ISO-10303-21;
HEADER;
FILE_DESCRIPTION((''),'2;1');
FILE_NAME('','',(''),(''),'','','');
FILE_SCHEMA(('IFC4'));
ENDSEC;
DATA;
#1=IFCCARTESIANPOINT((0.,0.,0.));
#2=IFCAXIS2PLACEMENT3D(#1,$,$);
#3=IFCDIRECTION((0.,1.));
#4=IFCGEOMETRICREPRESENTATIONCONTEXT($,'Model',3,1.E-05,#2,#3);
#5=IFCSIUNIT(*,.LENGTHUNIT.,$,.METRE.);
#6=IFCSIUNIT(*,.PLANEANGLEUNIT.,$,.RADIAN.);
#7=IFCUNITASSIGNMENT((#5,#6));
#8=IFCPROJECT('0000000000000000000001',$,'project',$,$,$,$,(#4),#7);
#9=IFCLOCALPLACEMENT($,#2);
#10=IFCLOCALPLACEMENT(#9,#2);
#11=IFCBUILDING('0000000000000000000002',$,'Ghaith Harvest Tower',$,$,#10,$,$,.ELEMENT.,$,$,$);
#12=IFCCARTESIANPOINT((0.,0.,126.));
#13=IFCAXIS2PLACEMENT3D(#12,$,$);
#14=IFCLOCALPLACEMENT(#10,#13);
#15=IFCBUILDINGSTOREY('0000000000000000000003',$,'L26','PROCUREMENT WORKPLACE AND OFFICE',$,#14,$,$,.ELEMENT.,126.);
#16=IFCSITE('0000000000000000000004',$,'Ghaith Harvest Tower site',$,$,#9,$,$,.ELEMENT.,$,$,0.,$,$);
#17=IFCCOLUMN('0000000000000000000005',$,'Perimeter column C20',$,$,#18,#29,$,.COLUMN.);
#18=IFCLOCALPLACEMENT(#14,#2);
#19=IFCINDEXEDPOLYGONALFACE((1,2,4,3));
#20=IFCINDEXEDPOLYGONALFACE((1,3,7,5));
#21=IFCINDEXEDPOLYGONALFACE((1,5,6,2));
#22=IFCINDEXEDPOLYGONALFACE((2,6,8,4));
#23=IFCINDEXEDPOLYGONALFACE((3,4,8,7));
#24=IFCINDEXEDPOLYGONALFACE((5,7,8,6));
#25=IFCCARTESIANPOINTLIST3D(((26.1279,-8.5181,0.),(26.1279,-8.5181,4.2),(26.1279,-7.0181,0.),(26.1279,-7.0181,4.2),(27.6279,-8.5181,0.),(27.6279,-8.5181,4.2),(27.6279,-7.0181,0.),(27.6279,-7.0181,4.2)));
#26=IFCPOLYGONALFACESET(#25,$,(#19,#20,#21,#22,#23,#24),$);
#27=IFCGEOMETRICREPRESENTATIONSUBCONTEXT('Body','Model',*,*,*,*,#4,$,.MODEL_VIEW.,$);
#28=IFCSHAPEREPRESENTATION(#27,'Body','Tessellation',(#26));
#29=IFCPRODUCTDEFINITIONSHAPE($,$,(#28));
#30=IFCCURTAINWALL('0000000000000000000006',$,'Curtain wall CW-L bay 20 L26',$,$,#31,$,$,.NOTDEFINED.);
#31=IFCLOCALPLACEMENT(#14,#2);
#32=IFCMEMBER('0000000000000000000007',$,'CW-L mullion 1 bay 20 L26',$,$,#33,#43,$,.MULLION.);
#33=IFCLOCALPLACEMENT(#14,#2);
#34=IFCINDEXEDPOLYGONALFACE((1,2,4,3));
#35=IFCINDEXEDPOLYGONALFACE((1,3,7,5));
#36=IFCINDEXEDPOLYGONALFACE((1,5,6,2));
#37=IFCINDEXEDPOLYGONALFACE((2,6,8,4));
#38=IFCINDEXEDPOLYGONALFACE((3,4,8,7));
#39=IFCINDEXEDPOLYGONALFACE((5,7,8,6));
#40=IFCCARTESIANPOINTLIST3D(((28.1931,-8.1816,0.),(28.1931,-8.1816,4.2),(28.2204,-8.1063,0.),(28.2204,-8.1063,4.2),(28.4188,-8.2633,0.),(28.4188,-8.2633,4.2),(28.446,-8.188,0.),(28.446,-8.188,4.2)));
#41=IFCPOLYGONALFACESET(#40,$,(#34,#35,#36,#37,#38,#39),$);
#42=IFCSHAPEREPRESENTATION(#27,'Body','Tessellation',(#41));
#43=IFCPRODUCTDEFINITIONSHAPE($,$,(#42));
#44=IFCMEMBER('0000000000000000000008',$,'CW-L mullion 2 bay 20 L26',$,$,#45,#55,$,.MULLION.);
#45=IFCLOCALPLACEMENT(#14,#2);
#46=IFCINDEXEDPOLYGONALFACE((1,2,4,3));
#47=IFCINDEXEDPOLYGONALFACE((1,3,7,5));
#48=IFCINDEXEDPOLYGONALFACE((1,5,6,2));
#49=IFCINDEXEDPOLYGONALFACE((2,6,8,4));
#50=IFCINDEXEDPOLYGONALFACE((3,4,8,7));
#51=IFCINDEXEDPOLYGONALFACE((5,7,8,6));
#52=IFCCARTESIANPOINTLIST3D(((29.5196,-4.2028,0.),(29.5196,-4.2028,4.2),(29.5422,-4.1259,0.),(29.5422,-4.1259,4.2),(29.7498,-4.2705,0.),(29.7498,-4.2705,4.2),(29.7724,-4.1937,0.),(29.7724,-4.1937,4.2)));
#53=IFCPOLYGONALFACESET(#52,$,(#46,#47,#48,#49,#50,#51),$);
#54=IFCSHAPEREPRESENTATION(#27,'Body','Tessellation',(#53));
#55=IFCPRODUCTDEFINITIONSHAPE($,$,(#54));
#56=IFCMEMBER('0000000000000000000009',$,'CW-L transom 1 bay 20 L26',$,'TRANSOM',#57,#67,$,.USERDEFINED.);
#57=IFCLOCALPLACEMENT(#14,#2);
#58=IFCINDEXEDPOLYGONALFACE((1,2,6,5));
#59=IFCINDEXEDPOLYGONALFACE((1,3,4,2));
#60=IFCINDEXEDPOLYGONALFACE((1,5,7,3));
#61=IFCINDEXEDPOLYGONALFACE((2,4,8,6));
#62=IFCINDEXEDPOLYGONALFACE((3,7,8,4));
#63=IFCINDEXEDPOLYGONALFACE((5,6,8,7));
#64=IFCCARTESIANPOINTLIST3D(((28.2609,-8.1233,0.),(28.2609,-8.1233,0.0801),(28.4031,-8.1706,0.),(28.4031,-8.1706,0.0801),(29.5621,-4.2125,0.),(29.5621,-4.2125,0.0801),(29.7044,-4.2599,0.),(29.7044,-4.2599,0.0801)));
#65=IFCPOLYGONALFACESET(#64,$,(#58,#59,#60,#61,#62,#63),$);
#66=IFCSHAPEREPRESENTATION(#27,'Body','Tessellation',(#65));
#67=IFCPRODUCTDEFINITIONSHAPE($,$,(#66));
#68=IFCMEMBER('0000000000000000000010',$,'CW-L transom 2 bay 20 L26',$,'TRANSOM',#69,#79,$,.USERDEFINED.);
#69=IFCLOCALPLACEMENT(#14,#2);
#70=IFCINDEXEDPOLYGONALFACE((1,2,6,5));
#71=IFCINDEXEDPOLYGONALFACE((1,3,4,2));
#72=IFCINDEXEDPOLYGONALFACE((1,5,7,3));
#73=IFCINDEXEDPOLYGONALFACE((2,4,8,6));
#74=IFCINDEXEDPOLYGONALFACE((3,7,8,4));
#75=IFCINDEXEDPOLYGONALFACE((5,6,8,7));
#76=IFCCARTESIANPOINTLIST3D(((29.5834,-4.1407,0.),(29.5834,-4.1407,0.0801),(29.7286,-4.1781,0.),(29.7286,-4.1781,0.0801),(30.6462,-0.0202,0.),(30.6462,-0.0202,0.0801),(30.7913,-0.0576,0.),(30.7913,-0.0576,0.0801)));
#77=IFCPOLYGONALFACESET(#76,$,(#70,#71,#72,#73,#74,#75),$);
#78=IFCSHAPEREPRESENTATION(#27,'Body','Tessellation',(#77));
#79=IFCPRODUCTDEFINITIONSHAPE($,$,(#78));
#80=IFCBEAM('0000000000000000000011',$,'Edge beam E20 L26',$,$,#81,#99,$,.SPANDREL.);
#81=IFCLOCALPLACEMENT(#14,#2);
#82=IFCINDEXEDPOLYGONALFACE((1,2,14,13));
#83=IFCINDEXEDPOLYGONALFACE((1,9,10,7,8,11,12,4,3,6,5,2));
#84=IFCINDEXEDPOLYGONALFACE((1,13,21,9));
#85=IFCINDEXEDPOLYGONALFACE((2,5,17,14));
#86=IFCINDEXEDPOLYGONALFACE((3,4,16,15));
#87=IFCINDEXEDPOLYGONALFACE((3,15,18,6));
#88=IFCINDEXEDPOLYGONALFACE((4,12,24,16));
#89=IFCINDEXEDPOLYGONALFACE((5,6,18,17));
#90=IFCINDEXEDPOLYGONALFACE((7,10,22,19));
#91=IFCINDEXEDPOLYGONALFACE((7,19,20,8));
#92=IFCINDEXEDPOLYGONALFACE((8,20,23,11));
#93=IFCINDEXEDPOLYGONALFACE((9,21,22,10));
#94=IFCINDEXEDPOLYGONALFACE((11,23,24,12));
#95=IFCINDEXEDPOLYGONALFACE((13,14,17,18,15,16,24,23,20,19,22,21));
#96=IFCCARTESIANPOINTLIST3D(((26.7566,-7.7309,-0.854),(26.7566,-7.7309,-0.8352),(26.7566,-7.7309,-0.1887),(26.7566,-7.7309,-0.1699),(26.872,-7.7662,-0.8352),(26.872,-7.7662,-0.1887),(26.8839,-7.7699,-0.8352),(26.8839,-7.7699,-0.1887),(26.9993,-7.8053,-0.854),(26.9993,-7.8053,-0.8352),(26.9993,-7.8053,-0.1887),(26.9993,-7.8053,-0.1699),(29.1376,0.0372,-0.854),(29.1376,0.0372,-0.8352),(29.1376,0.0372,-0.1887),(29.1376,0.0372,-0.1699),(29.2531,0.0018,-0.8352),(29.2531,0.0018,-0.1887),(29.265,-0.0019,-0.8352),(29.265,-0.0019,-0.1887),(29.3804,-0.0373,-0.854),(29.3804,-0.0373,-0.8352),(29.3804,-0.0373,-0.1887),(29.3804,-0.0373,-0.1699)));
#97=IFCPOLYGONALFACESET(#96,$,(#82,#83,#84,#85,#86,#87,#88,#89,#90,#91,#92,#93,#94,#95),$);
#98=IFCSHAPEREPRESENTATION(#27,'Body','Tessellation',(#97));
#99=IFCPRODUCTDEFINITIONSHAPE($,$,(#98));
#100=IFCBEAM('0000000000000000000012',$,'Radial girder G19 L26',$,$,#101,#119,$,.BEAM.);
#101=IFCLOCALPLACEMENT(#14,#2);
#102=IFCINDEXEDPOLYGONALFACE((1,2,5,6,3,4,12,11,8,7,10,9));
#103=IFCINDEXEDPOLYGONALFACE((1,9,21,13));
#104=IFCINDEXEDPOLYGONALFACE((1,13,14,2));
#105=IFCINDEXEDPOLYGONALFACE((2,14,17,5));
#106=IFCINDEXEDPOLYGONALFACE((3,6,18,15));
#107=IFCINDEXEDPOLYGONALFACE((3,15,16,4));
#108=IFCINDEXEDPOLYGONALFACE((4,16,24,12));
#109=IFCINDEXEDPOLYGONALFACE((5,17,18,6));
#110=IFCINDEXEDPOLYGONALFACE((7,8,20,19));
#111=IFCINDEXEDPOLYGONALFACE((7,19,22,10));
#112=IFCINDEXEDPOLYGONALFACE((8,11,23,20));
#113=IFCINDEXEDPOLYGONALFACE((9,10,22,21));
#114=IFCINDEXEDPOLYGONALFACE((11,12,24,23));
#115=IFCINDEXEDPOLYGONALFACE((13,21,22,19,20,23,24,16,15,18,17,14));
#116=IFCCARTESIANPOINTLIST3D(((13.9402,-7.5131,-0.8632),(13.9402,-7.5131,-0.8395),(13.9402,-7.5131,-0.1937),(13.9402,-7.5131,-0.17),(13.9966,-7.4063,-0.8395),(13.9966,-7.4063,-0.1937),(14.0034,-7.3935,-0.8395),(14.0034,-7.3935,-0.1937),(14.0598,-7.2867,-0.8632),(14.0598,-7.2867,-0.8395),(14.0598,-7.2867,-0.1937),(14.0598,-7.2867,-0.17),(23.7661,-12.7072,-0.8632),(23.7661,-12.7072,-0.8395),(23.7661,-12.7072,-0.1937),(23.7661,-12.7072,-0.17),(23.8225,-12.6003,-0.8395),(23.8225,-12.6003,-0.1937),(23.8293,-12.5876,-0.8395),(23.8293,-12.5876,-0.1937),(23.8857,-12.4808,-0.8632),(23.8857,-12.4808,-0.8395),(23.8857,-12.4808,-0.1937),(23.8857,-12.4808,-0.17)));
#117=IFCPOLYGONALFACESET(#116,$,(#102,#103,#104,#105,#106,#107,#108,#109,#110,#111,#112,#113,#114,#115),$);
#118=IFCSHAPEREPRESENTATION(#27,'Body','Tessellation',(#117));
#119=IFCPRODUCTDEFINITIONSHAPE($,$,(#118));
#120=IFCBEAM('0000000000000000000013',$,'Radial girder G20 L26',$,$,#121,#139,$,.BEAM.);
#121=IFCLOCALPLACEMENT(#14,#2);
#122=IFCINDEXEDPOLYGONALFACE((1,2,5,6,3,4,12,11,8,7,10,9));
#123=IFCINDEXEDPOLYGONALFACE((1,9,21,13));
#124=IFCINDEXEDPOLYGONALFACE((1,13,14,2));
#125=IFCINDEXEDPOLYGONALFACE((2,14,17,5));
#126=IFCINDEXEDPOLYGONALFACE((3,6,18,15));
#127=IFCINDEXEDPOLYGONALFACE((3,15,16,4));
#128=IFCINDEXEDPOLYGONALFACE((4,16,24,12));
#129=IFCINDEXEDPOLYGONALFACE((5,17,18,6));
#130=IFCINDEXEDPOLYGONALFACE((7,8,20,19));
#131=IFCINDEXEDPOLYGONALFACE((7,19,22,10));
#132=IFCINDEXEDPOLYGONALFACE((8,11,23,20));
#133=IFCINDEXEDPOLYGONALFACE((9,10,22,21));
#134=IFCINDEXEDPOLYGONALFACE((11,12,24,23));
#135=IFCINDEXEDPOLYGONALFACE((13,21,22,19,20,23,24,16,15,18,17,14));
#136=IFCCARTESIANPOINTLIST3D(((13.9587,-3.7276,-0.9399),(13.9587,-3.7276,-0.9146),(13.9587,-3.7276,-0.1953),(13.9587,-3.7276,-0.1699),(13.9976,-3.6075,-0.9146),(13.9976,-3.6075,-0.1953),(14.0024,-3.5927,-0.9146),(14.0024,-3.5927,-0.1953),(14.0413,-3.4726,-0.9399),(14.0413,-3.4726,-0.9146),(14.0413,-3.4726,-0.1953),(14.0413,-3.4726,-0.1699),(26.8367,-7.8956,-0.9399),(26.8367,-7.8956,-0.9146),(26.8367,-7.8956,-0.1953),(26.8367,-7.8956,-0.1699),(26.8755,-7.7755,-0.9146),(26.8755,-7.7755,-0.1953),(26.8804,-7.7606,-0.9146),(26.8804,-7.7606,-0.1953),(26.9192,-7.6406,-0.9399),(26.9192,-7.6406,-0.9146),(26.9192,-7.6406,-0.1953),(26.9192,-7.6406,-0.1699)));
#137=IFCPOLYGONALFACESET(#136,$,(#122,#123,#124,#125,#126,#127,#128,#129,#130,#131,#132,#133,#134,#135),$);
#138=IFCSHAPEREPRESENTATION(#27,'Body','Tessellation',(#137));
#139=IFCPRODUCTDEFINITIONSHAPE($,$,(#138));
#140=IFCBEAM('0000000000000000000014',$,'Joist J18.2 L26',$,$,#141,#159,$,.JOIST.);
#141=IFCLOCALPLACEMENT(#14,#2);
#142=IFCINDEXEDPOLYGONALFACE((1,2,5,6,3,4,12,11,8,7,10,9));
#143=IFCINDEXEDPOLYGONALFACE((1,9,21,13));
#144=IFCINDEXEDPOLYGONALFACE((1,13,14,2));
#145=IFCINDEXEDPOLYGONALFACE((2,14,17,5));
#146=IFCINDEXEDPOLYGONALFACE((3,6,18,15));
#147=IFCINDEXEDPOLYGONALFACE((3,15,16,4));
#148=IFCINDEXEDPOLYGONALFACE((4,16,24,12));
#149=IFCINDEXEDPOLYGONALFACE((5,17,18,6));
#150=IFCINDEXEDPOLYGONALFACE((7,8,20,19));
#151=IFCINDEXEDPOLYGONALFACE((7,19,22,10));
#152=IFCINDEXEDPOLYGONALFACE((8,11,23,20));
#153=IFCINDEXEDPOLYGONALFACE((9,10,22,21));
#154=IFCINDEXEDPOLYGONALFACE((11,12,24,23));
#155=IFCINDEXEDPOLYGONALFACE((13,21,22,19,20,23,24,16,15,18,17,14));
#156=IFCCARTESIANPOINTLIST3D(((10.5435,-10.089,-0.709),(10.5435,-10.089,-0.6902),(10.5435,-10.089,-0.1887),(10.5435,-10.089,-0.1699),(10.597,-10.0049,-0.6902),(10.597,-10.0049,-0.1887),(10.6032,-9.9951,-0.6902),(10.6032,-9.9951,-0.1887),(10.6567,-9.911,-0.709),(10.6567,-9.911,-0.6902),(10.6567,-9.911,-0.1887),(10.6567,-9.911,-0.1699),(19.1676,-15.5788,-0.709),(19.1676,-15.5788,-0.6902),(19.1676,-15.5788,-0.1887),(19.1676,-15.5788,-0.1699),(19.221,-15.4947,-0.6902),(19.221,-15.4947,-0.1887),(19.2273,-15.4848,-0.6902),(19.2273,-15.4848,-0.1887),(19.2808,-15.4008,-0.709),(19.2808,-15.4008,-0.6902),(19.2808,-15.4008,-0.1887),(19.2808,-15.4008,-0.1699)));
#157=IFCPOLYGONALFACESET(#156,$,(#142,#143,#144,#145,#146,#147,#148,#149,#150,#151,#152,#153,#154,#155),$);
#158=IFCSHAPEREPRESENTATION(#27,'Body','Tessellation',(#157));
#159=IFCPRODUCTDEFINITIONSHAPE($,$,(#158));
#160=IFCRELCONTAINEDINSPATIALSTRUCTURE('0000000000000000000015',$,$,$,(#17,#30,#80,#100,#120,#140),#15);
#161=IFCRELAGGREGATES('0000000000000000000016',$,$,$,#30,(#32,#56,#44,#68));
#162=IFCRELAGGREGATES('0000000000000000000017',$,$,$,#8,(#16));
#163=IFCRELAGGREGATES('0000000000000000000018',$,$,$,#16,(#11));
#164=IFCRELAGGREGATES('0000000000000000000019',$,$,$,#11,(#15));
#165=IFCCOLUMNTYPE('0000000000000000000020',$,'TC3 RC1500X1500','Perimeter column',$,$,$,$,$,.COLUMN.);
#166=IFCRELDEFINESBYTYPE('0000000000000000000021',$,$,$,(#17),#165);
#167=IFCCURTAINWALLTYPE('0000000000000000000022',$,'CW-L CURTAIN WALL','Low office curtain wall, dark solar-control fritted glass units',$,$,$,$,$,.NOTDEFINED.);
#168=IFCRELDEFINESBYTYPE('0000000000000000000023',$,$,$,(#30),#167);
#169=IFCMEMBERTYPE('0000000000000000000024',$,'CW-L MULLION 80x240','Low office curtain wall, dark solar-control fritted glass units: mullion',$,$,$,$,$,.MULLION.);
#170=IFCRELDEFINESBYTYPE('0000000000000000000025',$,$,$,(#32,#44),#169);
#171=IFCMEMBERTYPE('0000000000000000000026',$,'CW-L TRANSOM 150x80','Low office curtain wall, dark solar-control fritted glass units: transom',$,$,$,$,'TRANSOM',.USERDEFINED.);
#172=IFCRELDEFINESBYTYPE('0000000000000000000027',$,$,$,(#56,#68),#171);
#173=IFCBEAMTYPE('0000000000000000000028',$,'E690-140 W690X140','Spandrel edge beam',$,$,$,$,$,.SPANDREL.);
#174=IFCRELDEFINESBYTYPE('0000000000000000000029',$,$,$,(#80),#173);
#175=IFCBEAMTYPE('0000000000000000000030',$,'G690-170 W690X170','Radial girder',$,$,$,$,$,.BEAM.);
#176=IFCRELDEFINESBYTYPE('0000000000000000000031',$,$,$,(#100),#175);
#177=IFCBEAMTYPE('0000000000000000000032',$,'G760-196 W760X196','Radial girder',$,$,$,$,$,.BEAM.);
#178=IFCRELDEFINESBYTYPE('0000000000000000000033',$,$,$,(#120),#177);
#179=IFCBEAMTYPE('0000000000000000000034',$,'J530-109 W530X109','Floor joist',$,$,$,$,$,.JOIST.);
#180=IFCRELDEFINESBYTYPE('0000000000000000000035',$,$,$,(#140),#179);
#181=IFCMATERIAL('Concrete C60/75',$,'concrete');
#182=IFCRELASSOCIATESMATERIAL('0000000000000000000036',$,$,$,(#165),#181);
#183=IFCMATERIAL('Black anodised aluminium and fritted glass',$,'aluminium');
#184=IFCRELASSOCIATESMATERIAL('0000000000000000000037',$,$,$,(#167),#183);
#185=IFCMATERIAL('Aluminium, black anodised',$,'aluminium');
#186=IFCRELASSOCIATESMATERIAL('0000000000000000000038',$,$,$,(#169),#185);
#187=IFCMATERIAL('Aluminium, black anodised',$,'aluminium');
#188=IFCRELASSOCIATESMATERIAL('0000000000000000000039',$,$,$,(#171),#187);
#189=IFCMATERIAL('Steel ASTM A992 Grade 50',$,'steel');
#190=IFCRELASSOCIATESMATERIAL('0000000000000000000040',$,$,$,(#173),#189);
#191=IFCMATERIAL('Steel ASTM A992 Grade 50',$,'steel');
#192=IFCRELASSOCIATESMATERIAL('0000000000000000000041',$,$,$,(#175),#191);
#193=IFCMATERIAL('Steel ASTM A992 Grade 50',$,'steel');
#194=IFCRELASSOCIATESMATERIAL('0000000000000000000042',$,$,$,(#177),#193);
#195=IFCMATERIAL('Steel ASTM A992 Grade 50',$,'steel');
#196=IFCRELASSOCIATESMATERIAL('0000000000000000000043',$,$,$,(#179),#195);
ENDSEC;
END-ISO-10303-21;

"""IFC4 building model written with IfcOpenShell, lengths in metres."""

from ifc_helpers import new_model, si_unit, direction, frame, origin, origin_2d, place, context, subcontext, project, spatial, rectangle, i_section, extrude, material, material_profile, profile_set, type_object, element, aggregate, save


model = new_model("IFC4")

# Units and contexts
model_context = context("Model", 3, precision=1e-05, world=origin(), true_north=direction((0.0, 1.0)))
body_context = subcontext(model_context, "Body", "Model", "MODEL_VIEW")
ifc_project = project(units=[si_unit("LENGTHUNIT", "METRE"), si_unit("PLANEANGLEUNIT", "RADIAN")], contexts=[model_context])

# Site, building, storey
site_placement = place(None, origin())
site = spatial("IfcSite", under=ifc_project, at=site_placement, Name="Ghaith Harvest Tower site", CompositionType="ELEMENT", RefElevation=0.0)
building_placement = place(site_placement, origin())
building = spatial("IfcBuilding", under=site, at=building_placement, Name="Ghaith Harvest Tower", CompositionType="ELEMENT")
storey_placement = place(building_placement, frame((0.0, 0.0, 126.0)))
storey = spatial("IfcBuildingStorey", under=building, at=storey_placement, Name="L26", Description="PROCUREMENT WORKPLACE AND OFFICE", CompositionType="ELEMENT", Elevation=126.0)

# Column
ifc_material_1 = material(Name="Concrete C60/75", Category="concrete")
ifc_material_profile_1 = material_profile(ifc_material_1, rectangle(XDim=1.5, YDim=1.5, at=origin_2d()), Name="RC1500X1500")
ifc_profile_set_1 = profile_set([ifc_material_profile_1], Name="Concrete C60/75")
column_type = type_object("IfcColumnType", Name="TC3 RC1500X1500", Description="Perimeter column", PredefinedType="COLUMN", material=ifc_profile_set_1)
column_placement = place(storey_placement, frame((26.8779, -7.7681, 0.0), z_axis=(0.0, 0.0, 1.0), x_axis=(1.0, 0.0, 0.0)))
element("IfcColumn", 1, at=column_placement, inside=storey, type_object=column_type, Name="Perimeter column C20", PredefinedType="COLUMN", context=body_context, shape_type="SweptSolid", body=[
    extrude(rectangle(XDim=1.5, YDim=1.5, at=origin_2d()), origin(), (0.0, 0.0, 1.0), 4.2),
])

# Curtain wall, members
ifc_material_2 = material(Name="Black anodised aluminium and fritted glass", Category="aluminium")
curtain_wall_type = type_object("IfcCurtainWallType", Name="CW-L CURTAIN WALL", Description="Low office curtain wall, dark solar-control fritted glass units", PredefinedType="NOTDEFINED", material=ifc_material_2)
curtain_wall_placement = place(storey_placement, origin())
curtain_wall = element("IfcCurtainWall", 2, at=curtain_wall_placement, inside=storey, type_object=curtain_wall_type, Name="Curtain wall CW-L bay 20 L26", PredefinedType="NOTDEFINED")
ifc_material_3 = material(Name="Aluminium, black anodised", Category="aluminium")
ifc_material_profile_2 = material_profile(ifc_material_3, rectangle(XDim=0.0801, YDim=0.24, at=origin_2d()), Name="CW-L MULLION 80x240")
ifc_profile_set_2 = profile_set([ifc_material_profile_2], Name="Aluminium, black anodised")
member_type_1 = type_object("IfcMemberType", Name="CW-L MULLION 80x240", Description="Low office curtain wall, dark solar-control fritted glass units: mullion", PredefinedType="MULLION", material=ifc_profile_set_2)
member_1_placement = place(storey_placement, frame((28.3196, -8.1848, 0.0), z_axis=(0.0, 0.0, 1.0), x_axis=(0.340574, 0.940218, 0.0)))
member_1 = element("IfcMember", 3, at=member_1_placement, type_object=member_type_1, Name="CW-L mullion 1 bay 20 L26", PredefinedType="MULLION", context=body_context, shape_type="SweptSolid", body=[
    extrude(rectangle(XDim=0.0801, YDim=0.24, at=origin_2d()), origin(), (0.0, 0.0, 1.0), 4.2),
])
member_2_placement = place(storey_placement, frame((29.646, -4.1982, 0.0), z_axis=(0.0, 0.0, 1.0), x_axis=(0.282375, 0.959304, 0.0)))
member_2 = element("IfcMember", 4, at=member_2_placement, type_object=member_type_1, Name="CW-L mullion 2 bay 20 L26", PredefinedType="MULLION", context=body_context, shape_type="SweptSolid", body=[
    extrude(rectangle(XDim=0.0801, YDim=0.24, at=origin_2d()), origin(), (0.0, 0.0, 1.0), 4.2),
])
ifc_material_4 = material(Name="Aluminium, black anodised", Category="aluminium")
ifc_material_profile_3 = material_profile(ifc_material_4, rectangle(XDim=0.1499, YDim=0.0801, at=origin_2d()), Name="CW-L TRANSOM 150x80")
ifc_profile_set_3 = profile_set([ifc_material_profile_3], Name="Aluminium, black anodised")
member_type_2 = type_object("IfcMemberType", Name="CW-L TRANSOM 150x80", Description="Low office curtain wall, dark solar-control fritted glass units: transom", ElementType="TRANSOM", PredefinedType="USERDEFINED", material=ifc_profile_set_3)
member_3_placement = place(storey_placement, frame((28.332, -8.147, 0.04), z_axis=(0.315712, 0.948855, 0.0), x_axis=(-0.948855, 0.315712, 0.0)))
member_3 = element("IfcMember", 5, at=member_3_placement, type_object=member_type_2, Name="CW-L transom 1 bay 20 L26", ObjectType="TRANSOM", PredefinedType="USERDEFINED", context=body_context, shape_type="SweptSolid", body=[
    extrude(rectangle(XDim=0.1499, YDim=0.0801, at=origin_2d()), origin(), (0.0, 0.0, 1.0), 4.1216),
])
member_4_placement = place(storey_placement, frame((29.656, -4.1594, 0.04), z_axis=(0.249737, 0.968314, 0.0), x_axis=(-0.968314, 0.249737, 0.0)))
member_4 = element("IfcMember", 6, at=member_4_placement, type_object=member_type_2, Name="CW-L transom 2 bay 20 L26", ObjectType="TRANSOM", PredefinedType="USERDEFINED", context=body_context, shape_type="SweptSolid", body=[
    extrude(rectangle(XDim=0.1499, YDim=0.0801, at=origin_2d()), origin(), (0.0, 0.0, 1.0), 4.2554),
])

# Beams
ifc_material_5 = material(Name="Steel ASTM A992 Grade 50", Category="steel")
ifc_material_profile_4 = material_profile(ifc_material_5, i_section(OverallWidth=0.2539, OverallDepth=0.6841, WebThickness=0.0125, FlangeThickness=0.0188, at=origin_2d()), Name="W690X140")
ifc_profile_set_4 = profile_set([ifc_material_profile_4], Name="Steel ASTM A992 Grade 50")
beam_type_1 = type_object("IfcBeamType", Name="E690-140 W690X140", Description="Spandrel edge beam", PredefinedType="SPANDREL", material=ifc_profile_set_4)
beam_1_placement = place(storey_placement, frame((26.8779, -7.7681, -0.512), z_axis=(0.293066, 0.956092, 0.0), x_axis=(-0.956092, 0.293066, 0.0)))
element("IfcBeam", 7, at=beam_1_placement, inside=storey, type_object=beam_type_1, Name="Edge beam E20 L26", PredefinedType="SPANDREL", context=body_context, shape_type="SweptSolid", body=[
    extrude(i_section(OverallWidth=0.2539, OverallDepth=0.6841, WebThickness=0.0125, FlangeThickness=0.0188, at=origin_2d()), origin(), (0.0, 0.0, 1.0), 8.1248),
])
ifc_material_6 = material(Name="Steel ASTM A992 Grade 50", Category="steel")
ifc_material_profile_5 = material_profile(ifc_material_6, i_section(OverallWidth=0.2561, OverallDepth=0.6931, WebThickness=0.0144, FlangeThickness=0.0237, at=origin_2d()), Name="W690X170")
ifc_profile_set_5 = profile_set([ifc_material_profile_5], Name="Steel ASTM A992 Grade 50")
beam_type_2 = type_object("IfcBeamType", Name="G690-170 W690X170", Description="Radial girder", PredefinedType="BEAM", material=ifc_profile_set_5)
beam_2_placement = place(storey_placement, frame((14.0, -7.3999, -0.5166), z_axis=(0.884081, -0.467335, 0.0), x_axis=(0.467335, 0.884081, 0.0)))
element("IfcBeam", 8, at=beam_2_placement, inside=storey, type_object=beam_type_2, Name="Radial girder G19 L26", PredefinedType="BEAM", context=body_context, shape_type="SweptSolid", body=[
    extrude(i_section(OverallWidth=0.2561, OverallDepth=0.6931, WebThickness=0.0144, FlangeThickness=0.0237, at=origin_2d()), origin(), (0.0, 0.0, 1.0), 11.1143),
])
ifc_material_7 = material(Name="Steel ASTM A992 Grade 50", Category="steel")
ifc_material_profile_6 = material_profile(ifc_material_7, i_section(OverallWidth=0.2681, OverallDepth=0.77, WebThickness=0.0156, FlangeThickness=0.0254, at=origin_2d()), Name="W760X196")
ifc_profile_set_6 = profile_set([ifc_material_profile_6], Name="Steel ASTM A992 Grade 50")
beam_type_3 = type_object("IfcBeamType", Name="G760-196 W760X196", Description="Radial girder", PredefinedType="BEAM", material=ifc_profile_set_6)
beam_3_placement = place(storey_placement, frame((14.0, -3.6001, -0.5549), z_axis=(0.95141, -0.307926, 0.0), x_axis=(0.307926, 0.95141, 0.0)))
element("IfcBeam", 9, at=beam_3_placement, inside=storey, type_object=beam_type_3, Name="Radial girder G20 L26", PredefinedType="BEAM", context=body_context, shape_type="SweptSolid", body=[
    extrude(i_section(OverallWidth=0.2681, OverallDepth=0.77, WebThickness=0.0156, FlangeThickness=0.0254, at=origin_2d()), origin(), (0.0, 0.0, 1.0), 13.5356),
])
ifc_material_8 = material(Name="Steel ASTM A992 Grade 50", Category="steel")
ifc_material_profile_7 = material_profile(ifc_material_8, i_section(OverallWidth=0.2109, OverallDepth=0.5391, WebThickness=0.0117, FlangeThickness=0.0188, at=origin_2d()), Name="W530X109")
ifc_profile_set_7 = profile_set([ifc_material_profile_7], Name="Steel ASTM A992 Grade 50")
beam_type_4 = type_object("IfcBeamType", Name="J530-109 W530X109", Description="Floor joist", PredefinedType="JOIST", material=ifc_profile_set_7)
beam_4_placement = place(storey_placement, frame((10.6001, -10.0, -0.4395), z_axis=(0.843585, -0.536996, 0.0), x_axis=(0.536996, 0.843585, 0.0)))
element("IfcBeam", 10, at=beam_4_placement, inside=storey, type_object=beam_type_4, Name="Joist J18.2 L26", PredefinedType="JOIST", context=body_context, shape_type="SweptSolid", body=[
    extrude(i_section(OverallWidth=0.2109, OverallDepth=0.5391, WebThickness=0.0117, FlangeThickness=0.0188, at=origin_2d()), origin(), (0.0, 0.0, 1.0), 10.2231),
])

aggregate(curtain_wall, [member_1, member_3, member_2, member_4])

save(model, "model.ifc")
